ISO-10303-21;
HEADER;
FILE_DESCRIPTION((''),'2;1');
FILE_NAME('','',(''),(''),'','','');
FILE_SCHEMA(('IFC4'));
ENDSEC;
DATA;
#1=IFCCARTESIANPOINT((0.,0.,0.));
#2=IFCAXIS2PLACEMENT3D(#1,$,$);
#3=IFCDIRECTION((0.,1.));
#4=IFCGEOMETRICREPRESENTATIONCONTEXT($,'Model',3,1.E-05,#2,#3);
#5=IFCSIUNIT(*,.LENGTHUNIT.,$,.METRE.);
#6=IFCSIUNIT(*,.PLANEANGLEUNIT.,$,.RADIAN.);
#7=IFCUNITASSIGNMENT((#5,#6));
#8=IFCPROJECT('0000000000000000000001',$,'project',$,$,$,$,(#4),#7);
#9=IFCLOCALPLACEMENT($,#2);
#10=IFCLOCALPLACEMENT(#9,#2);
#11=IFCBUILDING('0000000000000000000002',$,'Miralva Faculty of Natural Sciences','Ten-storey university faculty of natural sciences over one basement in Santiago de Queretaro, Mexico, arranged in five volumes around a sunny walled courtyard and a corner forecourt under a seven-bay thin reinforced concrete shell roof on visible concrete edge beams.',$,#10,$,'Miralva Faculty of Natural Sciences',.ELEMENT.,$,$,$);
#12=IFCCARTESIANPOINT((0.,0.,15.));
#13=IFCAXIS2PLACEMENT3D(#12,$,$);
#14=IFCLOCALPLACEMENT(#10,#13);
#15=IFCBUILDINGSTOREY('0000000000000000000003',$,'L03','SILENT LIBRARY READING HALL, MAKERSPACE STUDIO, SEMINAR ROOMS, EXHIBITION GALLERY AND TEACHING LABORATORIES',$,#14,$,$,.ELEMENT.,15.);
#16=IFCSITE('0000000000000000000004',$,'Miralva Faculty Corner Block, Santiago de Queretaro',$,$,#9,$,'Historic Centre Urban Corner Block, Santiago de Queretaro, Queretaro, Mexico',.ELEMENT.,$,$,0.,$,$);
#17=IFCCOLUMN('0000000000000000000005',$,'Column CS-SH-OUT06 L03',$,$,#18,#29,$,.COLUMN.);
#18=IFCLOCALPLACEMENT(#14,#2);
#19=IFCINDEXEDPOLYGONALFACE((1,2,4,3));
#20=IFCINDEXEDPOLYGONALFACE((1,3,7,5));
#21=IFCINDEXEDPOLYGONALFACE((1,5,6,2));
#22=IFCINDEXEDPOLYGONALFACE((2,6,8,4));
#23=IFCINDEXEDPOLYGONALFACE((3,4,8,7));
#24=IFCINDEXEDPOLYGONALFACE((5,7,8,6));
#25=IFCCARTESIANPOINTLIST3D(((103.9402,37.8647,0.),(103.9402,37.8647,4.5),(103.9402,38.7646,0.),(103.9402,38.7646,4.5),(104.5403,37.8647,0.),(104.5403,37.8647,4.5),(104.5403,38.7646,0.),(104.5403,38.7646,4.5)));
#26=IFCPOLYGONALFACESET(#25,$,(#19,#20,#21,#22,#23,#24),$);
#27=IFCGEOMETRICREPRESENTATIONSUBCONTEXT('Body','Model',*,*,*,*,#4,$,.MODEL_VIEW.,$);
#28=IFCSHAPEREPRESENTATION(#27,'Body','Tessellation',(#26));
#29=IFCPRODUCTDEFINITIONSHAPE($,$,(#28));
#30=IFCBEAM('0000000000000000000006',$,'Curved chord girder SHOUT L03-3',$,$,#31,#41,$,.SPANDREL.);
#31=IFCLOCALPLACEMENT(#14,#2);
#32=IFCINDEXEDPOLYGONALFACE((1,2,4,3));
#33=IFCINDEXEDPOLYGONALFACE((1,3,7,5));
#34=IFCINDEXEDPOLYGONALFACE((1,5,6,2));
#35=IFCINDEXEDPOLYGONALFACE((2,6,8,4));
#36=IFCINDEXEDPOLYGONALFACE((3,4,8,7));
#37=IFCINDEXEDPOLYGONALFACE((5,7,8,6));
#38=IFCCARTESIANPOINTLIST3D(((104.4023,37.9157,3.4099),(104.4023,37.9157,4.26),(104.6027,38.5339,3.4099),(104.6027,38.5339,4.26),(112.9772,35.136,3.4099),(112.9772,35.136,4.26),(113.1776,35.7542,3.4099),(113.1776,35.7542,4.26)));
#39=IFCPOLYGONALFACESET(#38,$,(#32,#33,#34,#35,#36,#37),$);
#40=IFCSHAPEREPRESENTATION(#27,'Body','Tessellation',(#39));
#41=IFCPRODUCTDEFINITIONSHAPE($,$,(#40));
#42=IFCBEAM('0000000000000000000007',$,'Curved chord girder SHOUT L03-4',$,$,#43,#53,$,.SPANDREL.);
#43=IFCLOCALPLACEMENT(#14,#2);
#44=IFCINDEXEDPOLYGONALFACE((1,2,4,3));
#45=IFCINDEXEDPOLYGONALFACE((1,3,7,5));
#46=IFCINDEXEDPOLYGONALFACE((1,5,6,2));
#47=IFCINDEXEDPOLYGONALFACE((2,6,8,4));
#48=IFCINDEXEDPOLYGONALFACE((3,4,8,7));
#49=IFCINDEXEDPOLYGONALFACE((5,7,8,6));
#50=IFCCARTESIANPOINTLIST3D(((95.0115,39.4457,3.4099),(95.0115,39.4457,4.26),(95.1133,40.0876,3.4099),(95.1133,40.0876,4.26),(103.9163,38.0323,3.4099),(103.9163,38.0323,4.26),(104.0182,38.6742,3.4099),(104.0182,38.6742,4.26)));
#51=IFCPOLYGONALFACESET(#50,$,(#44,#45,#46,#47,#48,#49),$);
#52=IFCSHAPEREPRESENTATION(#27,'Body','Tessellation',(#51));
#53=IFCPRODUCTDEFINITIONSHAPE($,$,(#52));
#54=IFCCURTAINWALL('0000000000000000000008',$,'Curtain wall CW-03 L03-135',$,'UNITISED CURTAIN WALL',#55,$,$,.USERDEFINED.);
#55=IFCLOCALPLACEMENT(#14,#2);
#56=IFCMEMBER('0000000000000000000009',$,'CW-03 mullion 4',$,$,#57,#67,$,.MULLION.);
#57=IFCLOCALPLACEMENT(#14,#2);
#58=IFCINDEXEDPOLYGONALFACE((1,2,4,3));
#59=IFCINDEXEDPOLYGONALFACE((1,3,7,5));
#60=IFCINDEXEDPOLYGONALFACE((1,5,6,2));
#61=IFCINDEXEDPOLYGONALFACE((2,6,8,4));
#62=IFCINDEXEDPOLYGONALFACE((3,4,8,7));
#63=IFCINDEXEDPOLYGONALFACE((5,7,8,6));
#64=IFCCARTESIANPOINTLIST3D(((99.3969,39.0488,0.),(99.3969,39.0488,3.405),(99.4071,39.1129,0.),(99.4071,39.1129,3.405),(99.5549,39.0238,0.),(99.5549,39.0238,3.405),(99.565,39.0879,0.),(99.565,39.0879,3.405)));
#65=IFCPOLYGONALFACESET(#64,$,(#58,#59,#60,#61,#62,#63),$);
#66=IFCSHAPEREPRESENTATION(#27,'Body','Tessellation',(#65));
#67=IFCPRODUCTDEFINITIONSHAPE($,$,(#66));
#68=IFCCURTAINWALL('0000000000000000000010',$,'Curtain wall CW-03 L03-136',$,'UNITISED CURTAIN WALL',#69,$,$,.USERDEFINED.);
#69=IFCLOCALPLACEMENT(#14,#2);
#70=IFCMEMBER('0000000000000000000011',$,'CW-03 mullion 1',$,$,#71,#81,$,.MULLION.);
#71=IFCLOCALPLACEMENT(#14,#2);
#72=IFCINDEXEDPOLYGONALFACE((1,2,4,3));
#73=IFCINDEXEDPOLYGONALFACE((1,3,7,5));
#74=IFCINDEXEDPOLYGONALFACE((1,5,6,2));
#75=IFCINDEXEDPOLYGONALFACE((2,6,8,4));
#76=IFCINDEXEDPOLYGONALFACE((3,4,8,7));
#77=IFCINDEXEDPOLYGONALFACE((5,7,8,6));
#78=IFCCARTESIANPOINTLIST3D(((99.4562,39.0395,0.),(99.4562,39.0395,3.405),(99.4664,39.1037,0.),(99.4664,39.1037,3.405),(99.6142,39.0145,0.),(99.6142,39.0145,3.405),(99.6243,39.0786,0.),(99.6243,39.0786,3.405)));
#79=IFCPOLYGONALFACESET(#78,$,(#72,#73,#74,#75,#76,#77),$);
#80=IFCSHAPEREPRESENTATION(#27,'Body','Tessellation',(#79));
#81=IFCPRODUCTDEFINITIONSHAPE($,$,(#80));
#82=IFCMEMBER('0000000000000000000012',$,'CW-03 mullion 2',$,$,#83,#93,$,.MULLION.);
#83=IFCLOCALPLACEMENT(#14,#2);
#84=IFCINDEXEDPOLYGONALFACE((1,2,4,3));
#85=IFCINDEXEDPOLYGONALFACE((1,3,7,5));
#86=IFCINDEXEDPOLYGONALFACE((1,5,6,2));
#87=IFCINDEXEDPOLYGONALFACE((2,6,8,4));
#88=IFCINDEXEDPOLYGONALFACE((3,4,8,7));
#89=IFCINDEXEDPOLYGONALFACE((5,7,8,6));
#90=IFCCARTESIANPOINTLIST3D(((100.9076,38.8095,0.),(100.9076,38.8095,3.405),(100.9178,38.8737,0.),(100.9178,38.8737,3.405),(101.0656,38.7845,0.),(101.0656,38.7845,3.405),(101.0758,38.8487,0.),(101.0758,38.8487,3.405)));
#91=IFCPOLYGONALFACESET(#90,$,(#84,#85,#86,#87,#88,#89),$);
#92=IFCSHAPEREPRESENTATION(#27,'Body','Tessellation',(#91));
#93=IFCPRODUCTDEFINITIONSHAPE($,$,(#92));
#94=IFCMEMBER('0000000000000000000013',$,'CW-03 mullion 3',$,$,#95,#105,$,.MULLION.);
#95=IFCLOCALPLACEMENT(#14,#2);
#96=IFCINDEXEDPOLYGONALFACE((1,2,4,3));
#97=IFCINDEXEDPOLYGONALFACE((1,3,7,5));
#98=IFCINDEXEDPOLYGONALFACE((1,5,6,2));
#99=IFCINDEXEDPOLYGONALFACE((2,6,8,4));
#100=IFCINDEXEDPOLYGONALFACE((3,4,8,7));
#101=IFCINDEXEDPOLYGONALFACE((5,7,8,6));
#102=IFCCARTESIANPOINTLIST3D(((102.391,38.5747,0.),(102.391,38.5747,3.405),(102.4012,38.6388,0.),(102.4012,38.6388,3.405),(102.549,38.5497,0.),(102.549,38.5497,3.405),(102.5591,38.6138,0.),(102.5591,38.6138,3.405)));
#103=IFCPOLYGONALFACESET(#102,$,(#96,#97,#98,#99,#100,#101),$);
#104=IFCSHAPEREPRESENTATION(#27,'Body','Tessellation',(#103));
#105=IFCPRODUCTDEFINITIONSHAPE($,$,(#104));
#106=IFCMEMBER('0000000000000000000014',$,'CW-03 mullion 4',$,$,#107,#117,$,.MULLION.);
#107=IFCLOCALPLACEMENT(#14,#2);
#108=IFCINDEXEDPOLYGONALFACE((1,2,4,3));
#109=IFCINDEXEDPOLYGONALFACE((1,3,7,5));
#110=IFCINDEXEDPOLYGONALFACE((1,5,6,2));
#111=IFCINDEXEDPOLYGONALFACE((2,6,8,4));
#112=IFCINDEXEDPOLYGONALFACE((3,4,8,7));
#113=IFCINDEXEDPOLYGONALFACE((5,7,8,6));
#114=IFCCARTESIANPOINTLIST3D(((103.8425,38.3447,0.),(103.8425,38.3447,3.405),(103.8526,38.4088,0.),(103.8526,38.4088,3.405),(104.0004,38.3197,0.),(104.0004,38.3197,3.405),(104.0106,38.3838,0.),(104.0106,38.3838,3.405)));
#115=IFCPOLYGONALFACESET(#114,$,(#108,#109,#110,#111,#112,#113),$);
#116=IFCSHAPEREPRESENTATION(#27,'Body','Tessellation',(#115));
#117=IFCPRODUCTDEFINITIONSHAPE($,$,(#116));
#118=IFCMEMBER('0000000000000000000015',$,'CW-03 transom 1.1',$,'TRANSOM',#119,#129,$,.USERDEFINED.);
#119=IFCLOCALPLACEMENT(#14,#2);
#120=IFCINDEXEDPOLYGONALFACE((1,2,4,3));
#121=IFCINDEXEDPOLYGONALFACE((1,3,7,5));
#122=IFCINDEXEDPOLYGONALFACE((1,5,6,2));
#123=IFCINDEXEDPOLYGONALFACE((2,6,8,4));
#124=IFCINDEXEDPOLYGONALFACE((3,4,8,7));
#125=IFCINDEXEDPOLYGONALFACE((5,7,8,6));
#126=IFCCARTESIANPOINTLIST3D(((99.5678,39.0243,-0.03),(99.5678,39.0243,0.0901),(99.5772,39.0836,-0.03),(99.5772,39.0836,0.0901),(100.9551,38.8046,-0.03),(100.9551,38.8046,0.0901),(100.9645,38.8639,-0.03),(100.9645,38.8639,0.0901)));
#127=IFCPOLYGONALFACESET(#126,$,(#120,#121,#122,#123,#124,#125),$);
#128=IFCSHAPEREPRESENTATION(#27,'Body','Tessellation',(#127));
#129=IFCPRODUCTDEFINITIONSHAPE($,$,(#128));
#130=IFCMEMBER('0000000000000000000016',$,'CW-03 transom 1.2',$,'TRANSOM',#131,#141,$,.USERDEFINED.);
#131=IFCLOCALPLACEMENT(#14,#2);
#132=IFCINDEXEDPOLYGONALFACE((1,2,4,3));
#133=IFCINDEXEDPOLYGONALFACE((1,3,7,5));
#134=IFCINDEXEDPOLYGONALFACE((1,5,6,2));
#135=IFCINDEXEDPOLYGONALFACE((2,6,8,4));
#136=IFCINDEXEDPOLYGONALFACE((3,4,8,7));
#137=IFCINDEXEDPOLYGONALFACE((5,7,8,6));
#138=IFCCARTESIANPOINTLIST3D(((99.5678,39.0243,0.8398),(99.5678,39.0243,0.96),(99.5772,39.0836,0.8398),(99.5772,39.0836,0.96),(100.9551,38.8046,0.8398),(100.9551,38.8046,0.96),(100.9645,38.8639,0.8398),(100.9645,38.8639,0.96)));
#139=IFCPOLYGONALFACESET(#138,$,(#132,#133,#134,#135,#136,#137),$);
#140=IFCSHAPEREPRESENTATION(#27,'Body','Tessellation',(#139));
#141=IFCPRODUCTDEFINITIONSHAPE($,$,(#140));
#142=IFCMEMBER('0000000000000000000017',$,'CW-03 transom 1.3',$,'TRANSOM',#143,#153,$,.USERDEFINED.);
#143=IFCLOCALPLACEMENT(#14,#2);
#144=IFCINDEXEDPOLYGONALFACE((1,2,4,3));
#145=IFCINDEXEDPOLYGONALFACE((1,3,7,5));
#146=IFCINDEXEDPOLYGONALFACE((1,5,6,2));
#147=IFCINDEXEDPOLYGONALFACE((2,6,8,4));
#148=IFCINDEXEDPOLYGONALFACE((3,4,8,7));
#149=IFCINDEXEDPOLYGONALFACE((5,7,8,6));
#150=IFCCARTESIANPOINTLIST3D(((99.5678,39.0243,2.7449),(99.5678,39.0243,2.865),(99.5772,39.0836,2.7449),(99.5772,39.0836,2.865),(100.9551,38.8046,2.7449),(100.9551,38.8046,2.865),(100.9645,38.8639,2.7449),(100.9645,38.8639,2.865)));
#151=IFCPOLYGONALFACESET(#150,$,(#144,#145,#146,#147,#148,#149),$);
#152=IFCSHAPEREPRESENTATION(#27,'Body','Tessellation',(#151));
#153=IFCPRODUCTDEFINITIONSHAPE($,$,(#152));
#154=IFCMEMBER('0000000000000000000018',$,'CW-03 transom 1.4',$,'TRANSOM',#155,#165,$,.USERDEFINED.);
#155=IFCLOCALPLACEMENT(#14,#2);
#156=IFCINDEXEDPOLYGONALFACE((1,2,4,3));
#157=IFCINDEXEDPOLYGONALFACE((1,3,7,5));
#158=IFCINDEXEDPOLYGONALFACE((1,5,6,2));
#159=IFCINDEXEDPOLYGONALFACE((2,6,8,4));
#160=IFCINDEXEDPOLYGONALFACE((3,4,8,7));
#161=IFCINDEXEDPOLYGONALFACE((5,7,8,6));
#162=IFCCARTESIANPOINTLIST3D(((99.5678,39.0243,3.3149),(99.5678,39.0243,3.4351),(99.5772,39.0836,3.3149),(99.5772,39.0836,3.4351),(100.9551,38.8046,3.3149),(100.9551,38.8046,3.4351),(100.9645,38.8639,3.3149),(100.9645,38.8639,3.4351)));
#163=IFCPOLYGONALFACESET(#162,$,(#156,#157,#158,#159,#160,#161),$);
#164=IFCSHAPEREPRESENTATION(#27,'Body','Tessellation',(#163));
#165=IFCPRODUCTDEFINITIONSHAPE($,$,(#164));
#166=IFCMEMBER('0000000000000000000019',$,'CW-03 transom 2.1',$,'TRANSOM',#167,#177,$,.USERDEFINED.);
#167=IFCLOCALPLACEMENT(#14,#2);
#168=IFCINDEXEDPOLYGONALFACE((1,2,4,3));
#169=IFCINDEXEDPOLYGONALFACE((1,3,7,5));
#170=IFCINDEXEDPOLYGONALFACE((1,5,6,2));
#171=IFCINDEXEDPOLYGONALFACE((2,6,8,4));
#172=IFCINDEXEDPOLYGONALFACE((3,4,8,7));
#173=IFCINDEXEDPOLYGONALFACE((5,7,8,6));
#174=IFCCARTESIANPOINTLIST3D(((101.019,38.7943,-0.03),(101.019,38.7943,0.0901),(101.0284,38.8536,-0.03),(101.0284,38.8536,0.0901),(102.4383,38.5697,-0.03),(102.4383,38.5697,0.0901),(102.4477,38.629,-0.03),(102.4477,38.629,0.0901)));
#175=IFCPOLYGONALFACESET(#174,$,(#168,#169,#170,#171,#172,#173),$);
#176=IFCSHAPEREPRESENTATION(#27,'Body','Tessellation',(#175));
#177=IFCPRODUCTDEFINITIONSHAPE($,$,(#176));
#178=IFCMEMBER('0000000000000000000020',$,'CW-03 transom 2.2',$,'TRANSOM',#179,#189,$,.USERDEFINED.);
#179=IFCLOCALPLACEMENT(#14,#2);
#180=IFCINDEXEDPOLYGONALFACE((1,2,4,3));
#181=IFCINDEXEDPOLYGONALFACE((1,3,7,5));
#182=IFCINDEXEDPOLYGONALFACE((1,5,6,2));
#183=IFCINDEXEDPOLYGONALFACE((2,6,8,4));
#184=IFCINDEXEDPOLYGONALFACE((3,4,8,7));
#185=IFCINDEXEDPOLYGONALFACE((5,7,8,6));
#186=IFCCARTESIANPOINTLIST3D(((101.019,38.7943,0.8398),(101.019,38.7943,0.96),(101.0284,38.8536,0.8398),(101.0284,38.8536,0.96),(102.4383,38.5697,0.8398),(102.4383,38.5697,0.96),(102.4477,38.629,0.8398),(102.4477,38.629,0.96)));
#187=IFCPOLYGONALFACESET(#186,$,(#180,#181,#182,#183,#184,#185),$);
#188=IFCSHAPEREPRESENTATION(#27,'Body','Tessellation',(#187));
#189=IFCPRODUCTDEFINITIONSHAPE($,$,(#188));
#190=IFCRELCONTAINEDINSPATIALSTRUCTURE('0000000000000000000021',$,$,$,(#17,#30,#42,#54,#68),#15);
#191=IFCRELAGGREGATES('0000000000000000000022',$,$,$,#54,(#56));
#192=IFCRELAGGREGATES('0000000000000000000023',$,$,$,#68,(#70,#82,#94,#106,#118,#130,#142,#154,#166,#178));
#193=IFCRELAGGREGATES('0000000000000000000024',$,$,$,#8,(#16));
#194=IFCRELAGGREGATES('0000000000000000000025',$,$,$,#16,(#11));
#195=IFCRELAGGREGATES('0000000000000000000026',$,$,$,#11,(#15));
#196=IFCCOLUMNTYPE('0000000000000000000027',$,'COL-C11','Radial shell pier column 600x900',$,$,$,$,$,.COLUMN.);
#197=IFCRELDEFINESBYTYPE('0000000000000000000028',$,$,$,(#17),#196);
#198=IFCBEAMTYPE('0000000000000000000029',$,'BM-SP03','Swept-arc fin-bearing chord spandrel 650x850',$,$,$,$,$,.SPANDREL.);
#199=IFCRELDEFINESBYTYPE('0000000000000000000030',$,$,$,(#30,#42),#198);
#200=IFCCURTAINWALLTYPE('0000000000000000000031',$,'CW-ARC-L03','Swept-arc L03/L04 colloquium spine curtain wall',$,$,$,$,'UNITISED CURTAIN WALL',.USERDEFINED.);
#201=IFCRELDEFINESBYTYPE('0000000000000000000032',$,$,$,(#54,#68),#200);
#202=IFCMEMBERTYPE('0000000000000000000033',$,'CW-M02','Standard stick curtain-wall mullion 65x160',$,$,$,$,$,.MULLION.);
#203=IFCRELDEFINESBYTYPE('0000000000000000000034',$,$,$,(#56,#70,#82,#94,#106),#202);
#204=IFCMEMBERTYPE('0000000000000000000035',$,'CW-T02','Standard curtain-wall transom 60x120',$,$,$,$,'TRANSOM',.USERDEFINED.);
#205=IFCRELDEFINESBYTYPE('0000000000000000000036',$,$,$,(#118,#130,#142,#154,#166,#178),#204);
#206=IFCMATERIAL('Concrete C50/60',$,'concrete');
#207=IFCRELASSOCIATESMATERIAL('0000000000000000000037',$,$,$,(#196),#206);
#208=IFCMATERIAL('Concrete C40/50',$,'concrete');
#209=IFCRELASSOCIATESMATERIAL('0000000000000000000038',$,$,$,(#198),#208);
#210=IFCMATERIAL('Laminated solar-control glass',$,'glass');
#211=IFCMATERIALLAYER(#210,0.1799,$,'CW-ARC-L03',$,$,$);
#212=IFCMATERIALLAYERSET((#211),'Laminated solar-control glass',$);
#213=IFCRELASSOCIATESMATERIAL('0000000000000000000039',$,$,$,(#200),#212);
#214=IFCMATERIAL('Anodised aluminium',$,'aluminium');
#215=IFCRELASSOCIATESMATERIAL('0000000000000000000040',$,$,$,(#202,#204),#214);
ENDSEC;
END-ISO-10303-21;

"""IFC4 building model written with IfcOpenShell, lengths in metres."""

from ifc_helpers import new_model, si_unit, direction, frame, origin, origin_2d, place, context, subcontext, project, spatial, rectangle, extrude, material, layer, layer_set, material_profile, profile_set, type_object, element, aggregate, save


model = new_model("IFC4")

# Units and contexts
model_context = context("Model", 3, precision=1e-05, world=origin(), true_north=direction((0.0, 1.0)))
body_context = subcontext(model_context, "Body", "Model", "MODEL_VIEW")
ifc_project = project(units=[si_unit("LENGTHUNIT", "METRE"), si_unit("PLANEANGLEUNIT", "RADIAN")], contexts=[model_context])

# Site, building, storey
site_placement = place(None, origin())
site = spatial("IfcSite", under=ifc_project, at=site_placement, Name="Miralva Faculty Corner Block, Santiago de Queretaro", LongName="Historic Centre Urban Corner Block, Santiago de Queretaro, Queretaro, Mexico", CompositionType="ELEMENT", RefElevation=0.0)
building_placement = place(site_placement, origin())
building = spatial("IfcBuilding", under=site, at=building_placement, Name="Miralva Faculty of Natural Sciences", Description="Ten-storey university faculty of natural sciences over one basement in Santiago de Queretaro, Mexico, arranged in five volumes around a sunny walled courtyard and a corner forecourt under a seven-bay thin reinforced concrete shell roof on visible concrete edge beams.", LongName="Miralva Faculty of Natural Sciences", CompositionType="ELEMENT")
storey_placement = place(building_placement, frame((0.0, 0.0, 15.0)))
storey = spatial("IfcBuildingStorey", under=building, at=storey_placement, Name="L03", Description="SILENT LIBRARY READING HALL, MAKERSPACE STUDIO, SEMINAR ROOMS, EXHIBITION GALLERY AND TEACHING LABORATORIES", CompositionType="ELEMENT", Elevation=15.0)

# Column
ifc_material_1 = material(Name="Concrete C50/60", Category="concrete")
ifc_material_profile_1 = material_profile(ifc_material_1, rectangle(XDim=0.6001, YDim=0.8999, at=origin_2d()), Name="RC 600x900")
ifc_profile_set_1 = profile_set([ifc_material_profile_1], Name="Concrete C50/60")
column_type = type_object("IfcColumnType", Name="COL-C11", Description="Radial shell pier column 600x900", PredefinedType="COLUMN", material=ifc_profile_set_1)
column_placement = place(storey_placement, frame((104.2402, 38.3147, 0.0), z_axis=(0.0, 0.0, 1.0), x_axis=(1.0, 0.0, 0.0)))
element("IfcColumn", 1, at=column_placement, inside=storey, type_object=column_type, Name="Column CS-SH-OUT06 L03", PredefinedType="COLUMN", context=body_context, shape_type="SweptSolid", body=[
    extrude(rectangle(XDim=0.6001, YDim=0.8999, at=origin_2d()), origin(), (0.0, 0.0, 1.0), 4.5),
])

# Beams
ifc_material_2 = material(Name="Concrete C40/50", Category="concrete")
ifc_material_profile_2 = material_profile(ifc_material_2, rectangle(XDim=0.6499, YDim=0.8501, at=origin_2d()), Name="RC 650x850")
ifc_profile_set_2 = profile_set([ifc_material_profile_2], Name="Concrete C40/50")
beam_type = type_object("IfcBeamType", Name="BM-SP03", Description="Swept-arc fin-bearing chord spandrel 650x850", PredefinedType="SPANDREL", material=ifc_profile_set_2)
beam_1_placement = place(storey_placement, frame((113.0774, 35.4451, 3.835), z_axis=(-0.951264, 0.308376, 0.0), x_axis=(-0.308376, -0.951264, 0.0)))
element("IfcBeam", 2, at=beam_1_placement, inside=storey, type_object=beam_type, Name="Curved chord girder SHOUT L03-3", PredefinedType="SPANDREL", context=body_context, shape_type="SweptSolid", body=[
    extrude(rectangle(XDim=0.6499, YDim=0.8501, at=origin_2d()), origin(), (0.0, 0.0, 1.0), 9.0142),
])
beam_2_placement = place(storey_placement, frame((103.9673, 38.3533, 3.835), z_axis=(-0.987638, 0.156754, 0.0), x_axis=(-0.156754, -0.987638, 0.0)))
element("IfcBeam", 3, at=beam_2_placement, inside=storey, type_object=beam_type, Name="Curved chord girder SHOUT L03-4", PredefinedType="SPANDREL", context=body_context, shape_type="SweptSolid", body=[
    extrude(rectangle(XDim=0.6499, YDim=0.8501, at=origin_2d()), origin(), (0.0, 0.0, 1.0), 9.0164),
])

# Curtain wall, member
ifc_material_3 = material(Name="Laminated solar-control glass", Category="glass")
ifc_layer_1 = layer(ifc_material_3, 0.1799, Name="CW-ARC-L03")
ifc_layer_set_1 = layer_set([ifc_layer_1], Name="Laminated solar-control glass")
curtain_wall_type = type_object("IfcCurtainWallType", Name="CW-ARC-L03", Description="Swept-arc L03/L04 colloquium spine curtain wall", ElementType="UNITISED CURTAIN WALL", PredefinedType="USERDEFINED", material=ifc_layer_set_1)
curtain_wall_1_placement = place(storey_placement, origin())
curtain_wall_1 = element("IfcCurtainWall", 4, at=curtain_wall_1_placement, inside=storey, type_object=curtain_wall_type, Name="Curtain wall CW-03 L03-135", ObjectType="UNITISED CURTAIN WALL", PredefinedType="USERDEFINED")
ifc_material_4 = material(Name="Anodised aluminium", Category="aluminium")
ifc_material_profile_3 = material_profile(ifc_material_4, rectangle(XDim=0.0649, YDim=0.1599, at=origin_2d()), Name="MULLION 65x160")
ifc_profile_set_3 = profile_set([ifc_material_profile_3], Name="Anodised aluminium")
member_type_1 = type_object("IfcMemberType", Name="CW-M02", Description="Standard stick curtain-wall mullion 65x160", PredefinedType="MULLION", material=ifc_profile_set_3)
member_1_placement = place(storey_placement, frame((99.481, 39.0684, 0.0), z_axis=(0.0, 0.0, 1.0), x_axis=(0.15641, 0.987692, 0.0)))
member_1 = element("IfcMember", 5, at=member_1_placement, type_object=member_type_1, Name="CW-03 mullion 4", PredefinedType="MULLION", context=body_context, shape_type="SweptSolid", body=[
    extrude(rectangle(XDim=0.0649, YDim=0.1599, at=origin_2d()), origin(), (0.0, 0.0, 1.0), 3.405),
])

# Curtain wall, members
curtain_wall_2_placement = place(storey_placement, origin())
curtain_wall_2 = element("IfcCurtainWall", 6, at=curtain_wall_2_placement, inside=storey, type_object=curtain_wall_type, Name="Curtain wall CW-03 L03-136", ObjectType="UNITISED CURTAIN WALL", PredefinedType="USERDEFINED")
member_2_placement = place(storey_placement, frame((99.5403, 39.0591, 0.0), z_axis=(0.0, 0.0, 1.0), x_axis=(0.156437, 0.987688, 0.0)))
member_2 = element("IfcMember", 7, at=member_2_placement, type_object=member_type_1, Name="CW-03 mullion 1", PredefinedType="MULLION", context=body_context, shape_type="SweptSolid", body=[
    extrude(rectangle(XDim=0.0649, YDim=0.1599, at=origin_2d()), origin(), (0.0, 0.0, 1.0), 3.405),
])
member_3_placement = place(storey_placement, frame((100.9917, 38.8291, 0.0), z_axis=(0.0, 0.0, 1.0), x_axis=(0.156437, 0.987688, 0.0)))
member_3 = element("IfcMember", 8, at=member_3_placement, type_object=member_type_1, Name="CW-03 mullion 2", PredefinedType="MULLION", context=body_context, shape_type="SweptSolid", body=[
    extrude(rectangle(XDim=0.0649, YDim=0.1599, at=origin_2d()), origin(), (0.0, 0.0, 1.0), 3.405),
])
member_4_placement = place(storey_placement, frame((102.4751, 38.5942, 0.0), z_axis=(0.0, 0.0, 1.0), x_axis=(0.156437, 0.987688, 0.0)))
member_4 = element("IfcMember", 9, at=member_4_placement, type_object=member_type_1, Name="CW-03 mullion 3", PredefinedType="MULLION", context=body_context, shape_type="SweptSolid", body=[
    extrude(rectangle(XDim=0.0649, YDim=0.1599, at=origin_2d()), origin(), (0.0, 0.0, 1.0), 3.405),
])
member_5_placement = place(storey_placement, frame((103.9265, 38.3643, 0.0), z_axis=(0.0, 0.0, 1.0), x_axis=(0.156437, 0.987688, 0.0)))
member_5 = element("IfcMember", 10, at=member_5_placement, type_object=member_type_1, Name="CW-03 mullion 4", PredefinedType="MULLION", context=body_context, shape_type="SweptSolid", body=[
    extrude(rectangle(XDim=0.0649, YDim=0.1599, at=origin_2d()), origin(), (0.0, 0.0, 1.0), 3.405),
])
ifc_material_profile_4 = material_profile(ifc_material_4, rectangle(XDim=0.0601, YDim=0.1201, at=origin_2d()), Name="TRANSOM 60x120")
ifc_profile_set_4 = profile_set([ifc_material_profile_4], Name="Anodised aluminium")
member_type_2 = type_object("IfcMemberType", Name="CW-T02", Description="Standard curtain-wall transom 60x120", ElementType="TRANSOM", PredefinedType="USERDEFINED", material=ifc_profile_set_4)
member_6_placement = place(storey_placement, frame((99.5725, 39.054, 0.03), z_axis=(0.987687, -0.156445, 0.0), x_axis=(0.156445, 0.987687, 0.0)))
member_6 = element("IfcMember", 11, at=member_6_placement, type_object=member_type_2, Name="CW-03 transom 1.1", ObjectType="TRANSOM", PredefinedType="USERDEFINED", context=body_context, shape_type="SweptSolid", body=[
    extrude(rectangle(XDim=0.0601, YDim=0.1201, at=origin_2d()), origin(), (0.0, 0.0, 1.0), 1.4045),
])
member_7_placement = place(storey_placement, frame((99.5725, 39.054, 0.8999), z_axis=(0.987687, -0.156445, 0.0), x_axis=(0.156445, 0.987687, 0.0)))
member_7 = element("IfcMember", 12, at=member_7_placement, type_object=member_type_2, Name="CW-03 transom 1.2", ObjectType="TRANSOM", PredefinedType="USERDEFINED", context=body_context, shape_type="SweptSolid", body=[
    extrude(rectangle(XDim=0.0601, YDim=0.1201, at=origin_2d()), origin(), (0.0, 0.0, 1.0), 1.4045),
])
member_8_placement = place(storey_placement, frame((99.5725, 39.054, 2.8049), z_axis=(0.987687, -0.156445, 0.0), x_axis=(0.156445, 0.987687, 0.0)))
member_8 = element("IfcMember", 13, at=member_8_placement, type_object=member_type_2, Name="CW-03 transom 1.3", ObjectType="TRANSOM", PredefinedType="USERDEFINED", context=body_context, shape_type="SweptSolid", body=[
    extrude(rectangle(XDim=0.0601, YDim=0.1201, at=origin_2d()), origin(), (0.0, 0.0, 1.0), 1.4045),
])
member_9_placement = place(storey_placement, frame((99.5725, 39.054, 3.375), z_axis=(0.987687, -0.156445, 0.0), x_axis=(0.156445, 0.987687, 0.0)))
member_9 = element("IfcMember", 14, at=member_9_placement, type_object=member_type_2, Name="CW-03 transom 1.4", ObjectType="TRANSOM", PredefinedType="USERDEFINED", context=body_context, shape_type="SweptSolid", body=[
    extrude(rectangle(XDim=0.0601, YDim=0.1201, at=origin_2d()), origin(), (0.0, 0.0, 1.0), 1.4045),
])
member_10_placement = place(storey_placement, frame((101.0237, 38.824, 0.03), z_axis=(0.987711, -0.156294, 0.0), x_axis=(0.156294, 0.987711, 0.0)))
member_10 = element("IfcMember", 15, at=member_10_placement, type_object=member_type_2, Name="CW-03 transom 2.1", ObjectType="TRANSOM", PredefinedType="USERDEFINED", context=body_context, shape_type="SweptSolid", body=[
    extrude(rectangle(XDim=0.0601, YDim=0.1201, at=origin_2d()), origin(), (0.0, 0.0, 1.0), 1.437),
])
member_11_placement = place(storey_placement, frame((101.0237, 38.824, 0.8999), z_axis=(0.987711, -0.156294, 0.0), x_axis=(0.156294, 0.987711, 0.0)))
member_11 = element("IfcMember", 16, at=member_11_placement, type_object=member_type_2, Name="CW-03 transom 2.2", ObjectType="TRANSOM", PredefinedType="USERDEFINED", context=body_context, shape_type="SweptSolid", body=[
    extrude(rectangle(XDim=0.0601, YDim=0.1201, at=origin_2d()), origin(), (0.0, 0.0, 1.0), 1.437),
])

aggregate(curtain_wall_1, [member_1])
aggregate(curtain_wall_2, [member_2, member_3, member_4, member_5, member_6, member_7, member_8, member_9, member_10, member_11])

save(model, "model.ifc")
